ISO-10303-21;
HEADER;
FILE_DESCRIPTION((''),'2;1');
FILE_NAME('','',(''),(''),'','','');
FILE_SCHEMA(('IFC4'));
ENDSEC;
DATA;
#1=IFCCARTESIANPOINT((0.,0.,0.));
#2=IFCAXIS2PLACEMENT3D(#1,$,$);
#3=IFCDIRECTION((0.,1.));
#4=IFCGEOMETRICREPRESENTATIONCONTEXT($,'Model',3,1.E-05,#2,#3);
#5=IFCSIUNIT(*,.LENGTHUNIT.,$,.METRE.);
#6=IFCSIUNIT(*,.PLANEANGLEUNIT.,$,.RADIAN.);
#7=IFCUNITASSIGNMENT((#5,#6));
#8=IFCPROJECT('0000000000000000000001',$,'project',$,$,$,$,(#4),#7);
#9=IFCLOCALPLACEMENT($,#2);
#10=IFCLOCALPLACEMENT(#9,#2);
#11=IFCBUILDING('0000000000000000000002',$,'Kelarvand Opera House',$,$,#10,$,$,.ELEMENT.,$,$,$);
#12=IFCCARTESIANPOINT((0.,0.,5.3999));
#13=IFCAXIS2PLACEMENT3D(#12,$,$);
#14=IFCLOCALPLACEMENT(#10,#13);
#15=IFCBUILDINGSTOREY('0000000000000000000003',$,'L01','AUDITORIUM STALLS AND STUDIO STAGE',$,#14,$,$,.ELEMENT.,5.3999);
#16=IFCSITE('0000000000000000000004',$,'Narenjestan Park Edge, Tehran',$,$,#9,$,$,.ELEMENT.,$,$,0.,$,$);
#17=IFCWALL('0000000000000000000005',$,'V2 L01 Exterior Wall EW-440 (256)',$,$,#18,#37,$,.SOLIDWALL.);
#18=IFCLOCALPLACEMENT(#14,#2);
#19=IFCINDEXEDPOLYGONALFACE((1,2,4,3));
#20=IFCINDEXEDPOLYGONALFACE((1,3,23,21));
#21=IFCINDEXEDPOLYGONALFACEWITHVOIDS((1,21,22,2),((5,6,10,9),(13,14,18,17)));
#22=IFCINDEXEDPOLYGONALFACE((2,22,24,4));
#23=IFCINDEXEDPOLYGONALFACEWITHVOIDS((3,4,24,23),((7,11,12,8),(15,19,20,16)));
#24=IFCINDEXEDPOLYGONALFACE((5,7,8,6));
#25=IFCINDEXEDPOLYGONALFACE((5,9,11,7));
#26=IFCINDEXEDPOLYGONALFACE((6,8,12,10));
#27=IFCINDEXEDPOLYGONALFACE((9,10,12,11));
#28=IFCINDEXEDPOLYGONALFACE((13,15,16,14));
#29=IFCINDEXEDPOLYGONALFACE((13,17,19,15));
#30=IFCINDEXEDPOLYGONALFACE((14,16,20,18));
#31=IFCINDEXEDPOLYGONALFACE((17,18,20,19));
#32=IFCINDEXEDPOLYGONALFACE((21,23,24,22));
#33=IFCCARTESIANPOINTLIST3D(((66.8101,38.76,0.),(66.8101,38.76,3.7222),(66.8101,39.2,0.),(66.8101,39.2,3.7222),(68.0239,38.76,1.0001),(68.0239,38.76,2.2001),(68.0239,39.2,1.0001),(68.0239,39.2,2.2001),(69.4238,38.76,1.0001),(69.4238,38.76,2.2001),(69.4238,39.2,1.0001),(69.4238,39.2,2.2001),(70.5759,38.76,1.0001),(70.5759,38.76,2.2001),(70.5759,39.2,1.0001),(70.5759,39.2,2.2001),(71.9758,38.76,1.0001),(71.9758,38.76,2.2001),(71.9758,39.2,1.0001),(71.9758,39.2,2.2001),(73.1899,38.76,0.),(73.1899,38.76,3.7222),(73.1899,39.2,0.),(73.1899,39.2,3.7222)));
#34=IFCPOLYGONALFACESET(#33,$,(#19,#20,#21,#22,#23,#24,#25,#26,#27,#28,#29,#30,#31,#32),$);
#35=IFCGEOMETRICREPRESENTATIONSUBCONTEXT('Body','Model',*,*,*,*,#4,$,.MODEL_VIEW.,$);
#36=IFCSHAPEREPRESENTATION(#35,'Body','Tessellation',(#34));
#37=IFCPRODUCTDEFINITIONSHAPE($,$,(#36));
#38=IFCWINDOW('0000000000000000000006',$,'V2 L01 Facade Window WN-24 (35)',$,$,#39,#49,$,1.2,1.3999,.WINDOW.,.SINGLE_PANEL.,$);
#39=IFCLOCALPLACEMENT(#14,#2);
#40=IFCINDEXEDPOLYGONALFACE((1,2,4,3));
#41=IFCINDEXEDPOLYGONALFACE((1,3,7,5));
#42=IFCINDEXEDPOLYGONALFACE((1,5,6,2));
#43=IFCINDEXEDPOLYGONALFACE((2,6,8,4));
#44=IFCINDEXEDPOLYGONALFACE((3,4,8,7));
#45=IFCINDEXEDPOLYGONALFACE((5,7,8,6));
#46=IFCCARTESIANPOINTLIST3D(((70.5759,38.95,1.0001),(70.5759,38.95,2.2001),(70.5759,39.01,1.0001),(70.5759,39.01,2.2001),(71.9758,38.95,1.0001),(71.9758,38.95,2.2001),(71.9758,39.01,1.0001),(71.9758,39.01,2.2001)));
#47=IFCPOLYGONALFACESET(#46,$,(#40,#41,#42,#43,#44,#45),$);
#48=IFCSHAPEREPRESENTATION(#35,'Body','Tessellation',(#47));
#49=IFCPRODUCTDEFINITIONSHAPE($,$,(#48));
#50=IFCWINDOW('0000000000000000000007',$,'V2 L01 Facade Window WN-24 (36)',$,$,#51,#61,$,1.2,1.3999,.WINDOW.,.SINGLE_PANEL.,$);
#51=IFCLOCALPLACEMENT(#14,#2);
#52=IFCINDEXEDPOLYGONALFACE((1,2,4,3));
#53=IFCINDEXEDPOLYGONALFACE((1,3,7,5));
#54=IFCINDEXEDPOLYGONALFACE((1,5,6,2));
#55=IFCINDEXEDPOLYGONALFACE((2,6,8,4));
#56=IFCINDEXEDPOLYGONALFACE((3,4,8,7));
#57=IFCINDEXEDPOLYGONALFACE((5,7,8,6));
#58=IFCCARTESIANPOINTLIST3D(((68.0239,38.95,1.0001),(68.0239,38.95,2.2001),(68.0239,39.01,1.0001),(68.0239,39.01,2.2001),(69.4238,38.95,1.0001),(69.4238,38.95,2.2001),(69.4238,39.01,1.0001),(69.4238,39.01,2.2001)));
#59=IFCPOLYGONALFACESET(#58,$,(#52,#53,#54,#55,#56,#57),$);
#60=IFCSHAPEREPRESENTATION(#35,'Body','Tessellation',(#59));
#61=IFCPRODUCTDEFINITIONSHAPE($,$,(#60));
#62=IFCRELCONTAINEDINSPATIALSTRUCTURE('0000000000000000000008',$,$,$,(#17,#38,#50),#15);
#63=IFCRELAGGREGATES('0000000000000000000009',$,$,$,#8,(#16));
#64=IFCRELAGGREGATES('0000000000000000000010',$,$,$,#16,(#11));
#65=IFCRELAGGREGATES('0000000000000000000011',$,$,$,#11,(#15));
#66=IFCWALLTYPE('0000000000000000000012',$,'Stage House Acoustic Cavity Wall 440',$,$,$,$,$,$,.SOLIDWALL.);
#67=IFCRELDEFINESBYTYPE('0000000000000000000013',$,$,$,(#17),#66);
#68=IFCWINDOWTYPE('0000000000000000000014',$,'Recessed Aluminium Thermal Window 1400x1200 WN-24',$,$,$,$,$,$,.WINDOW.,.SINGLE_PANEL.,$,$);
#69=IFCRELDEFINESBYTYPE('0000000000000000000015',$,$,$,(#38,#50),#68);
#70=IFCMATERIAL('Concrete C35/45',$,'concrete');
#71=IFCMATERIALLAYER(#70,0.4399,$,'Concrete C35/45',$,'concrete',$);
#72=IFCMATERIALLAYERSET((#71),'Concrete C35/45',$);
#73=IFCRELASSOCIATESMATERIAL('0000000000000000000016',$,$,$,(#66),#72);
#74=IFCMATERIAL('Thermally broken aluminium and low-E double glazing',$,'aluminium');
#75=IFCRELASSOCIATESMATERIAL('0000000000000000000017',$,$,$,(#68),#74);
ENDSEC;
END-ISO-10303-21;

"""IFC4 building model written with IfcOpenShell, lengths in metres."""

from ifc_helpers import new_model, si_unit, direction, frame, frame_2d, origin, place, context, subcontext, project, spatial, rectangle, extrude, material, layer, layer_set, type_object, element, fill, save


model = new_model("IFC4")

# Units and contexts
model_context = context("Model", 3, precision=1e-05, world=origin(), true_north=direction((0.0, 1.0)))
body_context = subcontext(model_context, "Body", "Model", "MODEL_VIEW")
ifc_project = project(units=[si_unit("LENGTHUNIT", "METRE"), si_unit("PLANEANGLEUNIT", "RADIAN")], contexts=[model_context])

# Site, building, storey
site_placement = place(None, origin())
site = spatial("IfcSite", under=ifc_project, at=site_placement, Name="Narenjestan Park Edge, Tehran", CompositionType="ELEMENT", RefElevation=0.0)
building_placement = place(site_placement, origin())
building = spatial("IfcBuilding", under=site, at=building_placement, Name="Kelarvand Opera House", CompositionType="ELEMENT")
storey_placement = place(building_placement, frame((0.0, 0.0, 5.3999)))
storey = spatial("IfcBuildingStorey", under=building, at=storey_placement, Name="L01", Description="AUDITORIUM STALLS AND STUDIO STAGE", CompositionType="ELEMENT", Elevation=5.3999)

# Wall, openings, windows
ifc_material_1 = material(Name="Concrete C35/45", Category="concrete")
ifc_layer_1 = layer(ifc_material_1, 0.4399, Name="Concrete C35/45", Category="concrete")
ifc_layer_set_1 = layer_set([ifc_layer_1], Name="Concrete C35/45")
wall_type = type_object("IfcWallType", Name="Stage House Acoustic Cavity Wall 440", PredefinedType="SOLIDWALL", material=ifc_layer_set_1)
wall_placement = place(storey_placement, frame((73.1899, 38.98, 0.0), z_axis=(0.0, 0.0, 1.0), x_axis=(-1.0, 0.0, 0.0)))
wall = element("IfcWall", 1, at=wall_placement, inside=storey, type_object=wall_type, Name="V2 L01 Exterior Wall EW-440 (256)", PredefinedType="SOLIDWALL", context=body_context, shape_type="SweptSolid", body=[
    extrude(rectangle(XDim=6.3799, YDim=0.4399, at=frame_2d((3.1899, 0.0))), origin(), (0.0, 0.0, 1.0), 3.7222),
])
opening_1_placement = place(wall_placement, frame((1.2141, 0.0, 1.0)))
opening_1 = element("IfcOpeningElement", 2, at=opening_1_placement, cuts=wall, PredefinedType="OPENING", context=body_context, shape_type="SweptSolid", body=[
    extrude(rectangle(XDim=1.3999, YDim=1.2, at=frame_2d((0.7, 0.6001))), frame((0.0, 0.23, 0.0), z_axis=(0.0, -1.0, 0.0), x_axis=(1.0, 0.0, 0.0)), (0.0, 0.0, 1.0), 0.46),
])
opening_2_placement = place(wall_placement, frame((3.7661, 0.0, 1.0)))
opening_2 = element("IfcOpeningElement", 3, at=opening_2_placement, cuts=wall, PredefinedType="OPENING", context=body_context, shape_type="SweptSolid", body=[
    extrude(rectangle(XDim=1.3999, YDim=1.2, at=frame_2d((0.7, 0.6001))), frame((0.0, 0.23, 0.0), z_axis=(0.0, -1.0, 0.0), x_axis=(1.0, 0.0, 0.0)), (0.0, 0.0, 1.0), 0.46),
])
ifc_material_2 = material(Name="Thermally broken aluminium and low-E double glazing", Category="aluminium")
window_type = type_object("IfcWindowType", Name="Recessed Aluminium Thermal Window 1400x1200 WN-24", PartitioningType="SINGLE_PANEL", PredefinedType="WINDOW", material=ifc_material_2)
window_1_placement = place(opening_1_placement, origin())
window_1 = element("IfcWindow", 4, at=window_1_placement, inside=storey, type_object=window_type, Name="V2 L01 Facade Window WN-24 (35)", OverallHeight=1.2, OverallWidth=1.3999, PartitioningType="SINGLE_PANEL", PredefinedType="WINDOW", context=body_context, shape_type="SweptSolid", body=[
    extrude(rectangle(XDim=1.3999, YDim=1.2, at=frame_2d((0.7, 0.6001))), frame((0.0, 0.03, 0.0), z_axis=(0.0, -1.0, 0.0), x_axis=(1.0, 0.0, 0.0)), (0.0, 0.0, 1.0), 0.0601),
])
fill(opening_1, window_1)
window_2_placement = place(opening_2_placement, origin())
window_2 = element("IfcWindow", 5, at=window_2_placement, inside=storey, type_object=window_type, Name="V2 L01 Facade Window WN-24 (36)", OverallHeight=1.2, OverallWidth=1.3999, PartitioningType="SINGLE_PANEL", PredefinedType="WINDOW", context=body_context, shape_type="SweptSolid", body=[
    extrude(rectangle(XDim=1.3999, YDim=1.2, at=frame_2d((0.7, 0.6001))), frame((0.0, 0.03, 0.0), z_axis=(0.0, -1.0, 0.0), x_axis=(1.0, 0.0, 0.0)), (0.0, 0.0, 1.0), 0.0601),
])
fill(opening_2, window_2)

save(model, "model.ifc")
